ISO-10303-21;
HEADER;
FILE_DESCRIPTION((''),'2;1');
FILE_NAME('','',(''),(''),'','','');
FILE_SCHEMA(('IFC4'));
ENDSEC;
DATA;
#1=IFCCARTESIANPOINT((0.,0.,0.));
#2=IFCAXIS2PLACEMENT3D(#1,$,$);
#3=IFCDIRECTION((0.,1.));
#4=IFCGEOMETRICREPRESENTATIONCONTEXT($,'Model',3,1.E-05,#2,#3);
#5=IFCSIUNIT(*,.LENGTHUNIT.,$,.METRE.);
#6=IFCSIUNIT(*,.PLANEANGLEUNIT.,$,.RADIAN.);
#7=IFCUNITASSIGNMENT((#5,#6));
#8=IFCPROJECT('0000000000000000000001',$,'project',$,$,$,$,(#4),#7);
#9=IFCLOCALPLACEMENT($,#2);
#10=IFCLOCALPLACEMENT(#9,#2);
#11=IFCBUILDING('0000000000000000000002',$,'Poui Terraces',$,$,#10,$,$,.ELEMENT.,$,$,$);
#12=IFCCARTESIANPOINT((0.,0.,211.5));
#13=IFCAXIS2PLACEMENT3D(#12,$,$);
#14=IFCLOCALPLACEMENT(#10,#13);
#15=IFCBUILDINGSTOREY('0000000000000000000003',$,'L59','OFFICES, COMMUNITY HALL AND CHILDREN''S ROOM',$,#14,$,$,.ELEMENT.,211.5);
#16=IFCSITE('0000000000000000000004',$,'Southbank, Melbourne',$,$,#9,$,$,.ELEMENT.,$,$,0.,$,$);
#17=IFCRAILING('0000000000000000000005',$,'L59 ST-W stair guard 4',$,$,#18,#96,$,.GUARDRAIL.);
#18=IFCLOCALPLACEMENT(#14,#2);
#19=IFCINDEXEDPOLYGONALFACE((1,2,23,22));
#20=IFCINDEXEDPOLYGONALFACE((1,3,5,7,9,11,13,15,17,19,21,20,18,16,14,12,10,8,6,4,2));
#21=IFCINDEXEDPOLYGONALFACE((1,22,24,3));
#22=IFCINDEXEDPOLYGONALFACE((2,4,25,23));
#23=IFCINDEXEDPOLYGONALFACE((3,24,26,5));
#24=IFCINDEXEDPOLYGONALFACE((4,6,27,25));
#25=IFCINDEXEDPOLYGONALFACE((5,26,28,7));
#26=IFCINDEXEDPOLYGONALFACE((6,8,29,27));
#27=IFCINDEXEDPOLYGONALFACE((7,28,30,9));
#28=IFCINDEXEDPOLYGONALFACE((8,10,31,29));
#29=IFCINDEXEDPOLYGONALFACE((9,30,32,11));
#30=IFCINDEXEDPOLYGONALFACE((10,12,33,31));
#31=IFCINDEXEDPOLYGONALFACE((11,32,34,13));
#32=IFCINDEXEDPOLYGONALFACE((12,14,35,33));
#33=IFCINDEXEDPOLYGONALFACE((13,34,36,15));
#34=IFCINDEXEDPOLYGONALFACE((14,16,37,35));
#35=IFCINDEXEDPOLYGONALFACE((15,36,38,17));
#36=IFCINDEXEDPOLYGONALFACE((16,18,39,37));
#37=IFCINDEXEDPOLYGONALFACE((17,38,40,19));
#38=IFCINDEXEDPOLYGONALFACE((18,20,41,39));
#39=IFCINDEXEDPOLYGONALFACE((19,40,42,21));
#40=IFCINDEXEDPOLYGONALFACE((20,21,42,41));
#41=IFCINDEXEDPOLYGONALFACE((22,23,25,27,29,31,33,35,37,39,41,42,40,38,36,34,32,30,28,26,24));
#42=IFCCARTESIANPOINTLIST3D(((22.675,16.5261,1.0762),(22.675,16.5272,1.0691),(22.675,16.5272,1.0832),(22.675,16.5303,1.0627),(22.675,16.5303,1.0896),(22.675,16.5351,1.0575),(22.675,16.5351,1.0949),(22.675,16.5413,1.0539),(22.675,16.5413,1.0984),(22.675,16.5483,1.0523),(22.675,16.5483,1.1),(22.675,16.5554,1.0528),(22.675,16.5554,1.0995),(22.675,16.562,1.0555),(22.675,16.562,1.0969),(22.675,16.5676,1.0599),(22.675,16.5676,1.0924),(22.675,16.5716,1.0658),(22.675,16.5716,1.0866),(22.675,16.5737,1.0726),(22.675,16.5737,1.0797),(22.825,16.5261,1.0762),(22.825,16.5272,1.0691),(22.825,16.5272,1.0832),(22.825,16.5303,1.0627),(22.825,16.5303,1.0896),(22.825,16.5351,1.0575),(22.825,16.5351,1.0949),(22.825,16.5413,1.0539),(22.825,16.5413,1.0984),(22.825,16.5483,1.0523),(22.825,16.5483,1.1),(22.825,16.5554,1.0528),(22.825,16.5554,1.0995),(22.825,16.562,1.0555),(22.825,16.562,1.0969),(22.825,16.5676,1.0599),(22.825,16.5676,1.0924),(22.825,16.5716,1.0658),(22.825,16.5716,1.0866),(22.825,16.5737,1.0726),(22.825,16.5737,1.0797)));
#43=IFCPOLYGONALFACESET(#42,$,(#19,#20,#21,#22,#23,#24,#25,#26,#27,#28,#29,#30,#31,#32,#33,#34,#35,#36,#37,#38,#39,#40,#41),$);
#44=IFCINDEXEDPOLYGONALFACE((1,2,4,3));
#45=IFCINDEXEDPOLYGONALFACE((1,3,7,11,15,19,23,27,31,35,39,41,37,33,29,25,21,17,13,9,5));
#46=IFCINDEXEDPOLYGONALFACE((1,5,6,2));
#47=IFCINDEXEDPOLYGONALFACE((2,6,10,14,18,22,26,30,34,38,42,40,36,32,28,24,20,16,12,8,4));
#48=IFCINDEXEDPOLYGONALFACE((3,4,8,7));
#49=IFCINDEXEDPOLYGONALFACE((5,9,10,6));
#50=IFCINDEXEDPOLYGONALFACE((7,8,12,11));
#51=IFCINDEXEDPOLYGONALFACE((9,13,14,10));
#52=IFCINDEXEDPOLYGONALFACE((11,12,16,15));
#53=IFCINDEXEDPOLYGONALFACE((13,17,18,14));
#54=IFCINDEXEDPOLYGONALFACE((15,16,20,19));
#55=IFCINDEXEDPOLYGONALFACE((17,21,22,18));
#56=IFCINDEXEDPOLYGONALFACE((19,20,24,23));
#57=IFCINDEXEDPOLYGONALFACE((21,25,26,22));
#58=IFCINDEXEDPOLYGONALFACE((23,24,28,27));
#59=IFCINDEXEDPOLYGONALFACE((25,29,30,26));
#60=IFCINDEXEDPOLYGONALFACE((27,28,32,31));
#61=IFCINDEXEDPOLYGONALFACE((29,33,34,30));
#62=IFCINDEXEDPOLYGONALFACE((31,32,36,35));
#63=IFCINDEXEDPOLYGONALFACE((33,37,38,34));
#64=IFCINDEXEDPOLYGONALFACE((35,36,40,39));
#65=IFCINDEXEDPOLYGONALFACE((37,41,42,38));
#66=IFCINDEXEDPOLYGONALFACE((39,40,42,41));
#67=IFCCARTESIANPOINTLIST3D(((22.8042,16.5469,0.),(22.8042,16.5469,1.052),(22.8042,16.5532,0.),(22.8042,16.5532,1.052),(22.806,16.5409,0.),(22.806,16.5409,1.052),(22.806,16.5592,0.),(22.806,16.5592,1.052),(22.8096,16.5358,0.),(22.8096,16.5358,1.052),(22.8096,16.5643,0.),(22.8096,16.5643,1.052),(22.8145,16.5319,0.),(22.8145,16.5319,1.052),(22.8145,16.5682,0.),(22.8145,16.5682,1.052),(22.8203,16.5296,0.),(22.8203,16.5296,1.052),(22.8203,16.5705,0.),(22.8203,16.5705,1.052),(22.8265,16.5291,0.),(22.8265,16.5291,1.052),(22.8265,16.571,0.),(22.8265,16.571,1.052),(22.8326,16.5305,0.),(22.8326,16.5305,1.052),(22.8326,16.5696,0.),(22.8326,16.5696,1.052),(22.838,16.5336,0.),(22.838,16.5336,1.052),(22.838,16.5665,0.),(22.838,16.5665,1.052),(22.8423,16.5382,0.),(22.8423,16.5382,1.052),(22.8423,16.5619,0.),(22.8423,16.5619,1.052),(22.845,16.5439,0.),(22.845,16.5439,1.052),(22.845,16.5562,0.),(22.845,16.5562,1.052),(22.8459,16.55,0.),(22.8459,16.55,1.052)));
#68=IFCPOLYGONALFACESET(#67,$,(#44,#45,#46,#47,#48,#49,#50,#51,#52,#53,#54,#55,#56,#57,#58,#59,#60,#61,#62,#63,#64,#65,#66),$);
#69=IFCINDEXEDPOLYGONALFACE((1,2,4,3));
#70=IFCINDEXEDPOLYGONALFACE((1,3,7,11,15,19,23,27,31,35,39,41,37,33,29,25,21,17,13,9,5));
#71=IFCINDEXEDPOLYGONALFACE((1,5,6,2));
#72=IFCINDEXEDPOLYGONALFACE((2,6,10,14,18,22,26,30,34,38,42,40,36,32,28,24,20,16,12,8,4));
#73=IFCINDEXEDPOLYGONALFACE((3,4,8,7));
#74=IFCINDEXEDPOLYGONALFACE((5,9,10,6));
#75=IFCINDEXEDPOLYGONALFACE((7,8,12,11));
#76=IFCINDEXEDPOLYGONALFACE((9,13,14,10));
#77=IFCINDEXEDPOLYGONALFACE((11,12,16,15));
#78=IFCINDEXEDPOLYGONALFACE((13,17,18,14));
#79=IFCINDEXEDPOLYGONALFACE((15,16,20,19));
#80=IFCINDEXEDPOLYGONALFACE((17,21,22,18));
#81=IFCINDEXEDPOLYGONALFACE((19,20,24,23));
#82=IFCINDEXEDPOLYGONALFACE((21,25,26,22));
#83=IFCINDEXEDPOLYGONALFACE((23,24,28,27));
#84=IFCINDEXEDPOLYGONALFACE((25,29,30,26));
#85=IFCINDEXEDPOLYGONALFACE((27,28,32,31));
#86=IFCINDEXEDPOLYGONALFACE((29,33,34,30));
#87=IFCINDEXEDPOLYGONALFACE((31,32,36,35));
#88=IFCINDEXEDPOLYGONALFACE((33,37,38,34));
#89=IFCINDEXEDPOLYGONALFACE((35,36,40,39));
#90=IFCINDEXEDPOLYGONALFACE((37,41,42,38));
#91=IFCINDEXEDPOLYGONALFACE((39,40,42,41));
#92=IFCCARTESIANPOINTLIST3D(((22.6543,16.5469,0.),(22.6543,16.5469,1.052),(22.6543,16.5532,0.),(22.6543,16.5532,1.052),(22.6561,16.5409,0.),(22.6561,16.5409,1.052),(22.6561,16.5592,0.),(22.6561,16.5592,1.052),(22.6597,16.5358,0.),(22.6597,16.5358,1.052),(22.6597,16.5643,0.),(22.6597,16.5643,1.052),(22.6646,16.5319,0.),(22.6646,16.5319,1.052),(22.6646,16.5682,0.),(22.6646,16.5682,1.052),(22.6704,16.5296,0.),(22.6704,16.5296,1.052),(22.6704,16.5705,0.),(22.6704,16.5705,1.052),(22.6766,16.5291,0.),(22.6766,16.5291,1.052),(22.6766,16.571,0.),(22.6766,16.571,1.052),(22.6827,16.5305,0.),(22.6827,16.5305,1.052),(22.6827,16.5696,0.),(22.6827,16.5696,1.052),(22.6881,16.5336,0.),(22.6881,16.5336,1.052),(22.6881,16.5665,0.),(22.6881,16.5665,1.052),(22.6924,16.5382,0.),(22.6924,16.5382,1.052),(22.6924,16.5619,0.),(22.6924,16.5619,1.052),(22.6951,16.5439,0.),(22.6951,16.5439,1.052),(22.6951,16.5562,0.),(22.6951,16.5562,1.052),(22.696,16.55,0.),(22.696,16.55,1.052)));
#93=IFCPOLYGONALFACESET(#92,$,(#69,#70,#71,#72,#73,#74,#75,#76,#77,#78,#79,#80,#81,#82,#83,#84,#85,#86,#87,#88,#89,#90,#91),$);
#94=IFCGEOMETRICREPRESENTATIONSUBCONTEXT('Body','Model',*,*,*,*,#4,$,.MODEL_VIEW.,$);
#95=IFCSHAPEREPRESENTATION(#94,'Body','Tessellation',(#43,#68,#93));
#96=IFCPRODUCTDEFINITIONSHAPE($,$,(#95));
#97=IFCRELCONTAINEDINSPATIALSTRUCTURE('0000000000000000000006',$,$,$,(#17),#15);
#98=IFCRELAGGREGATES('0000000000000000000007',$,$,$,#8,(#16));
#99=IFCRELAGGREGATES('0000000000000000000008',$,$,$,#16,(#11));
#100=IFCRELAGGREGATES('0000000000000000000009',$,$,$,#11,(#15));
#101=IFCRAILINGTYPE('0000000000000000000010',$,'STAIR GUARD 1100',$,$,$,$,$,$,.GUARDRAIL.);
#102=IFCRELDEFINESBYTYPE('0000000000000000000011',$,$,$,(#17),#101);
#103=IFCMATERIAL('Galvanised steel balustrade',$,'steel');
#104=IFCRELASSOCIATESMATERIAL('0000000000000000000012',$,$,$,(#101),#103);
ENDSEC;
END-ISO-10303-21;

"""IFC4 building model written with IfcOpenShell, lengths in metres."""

from ifc_helpers import new_model, si_unit, direction, frame, origin, origin_2d, place, context, subcontext, project, spatial, circle, extrude, material, type_object, element, save


model = new_model("IFC4")

# Units and contexts
model_context = context("Model", 3, precision=1e-05, world=origin(), true_north=direction((0.0, 1.0)))
body_context = subcontext(model_context, "Body", "Model", "MODEL_VIEW")
ifc_project = project(units=[si_unit("LENGTHUNIT", "METRE"), si_unit("PLANEANGLEUNIT", "RADIAN")], contexts=[model_context])

# Site, building, storey
site_placement = place(None, origin())
site = spatial("IfcSite", under=ifc_project, at=site_placement, Name="Southbank, Melbourne", CompositionType="ELEMENT", RefElevation=0.0)
building_placement = place(site_placement, origin())
building = spatial("IfcBuilding", under=site, at=building_placement, Name="Poui Terraces", CompositionType="ELEMENT")
storey_placement = place(building_placement, frame((0.0, 0.0, 211.5)))
storey = spatial("IfcBuildingStorey", under=building, at=storey_placement, Name="L59", Description="OFFICES, COMMUNITY HALL AND CHILDREN'S ROOM", CompositionType="ELEMENT", Elevation=211.5)

# Railing
ifc_material_1 = material(Name="Galvanised steel balustrade", Category="steel")
railing_type = type_object("IfcRailingType", Name="STAIR GUARD 1100", PredefinedType="GUARDRAIL", material=ifc_material_1)
railing_1_placement = place(storey_placement, frame((22.825, 16.55, 0.0)))
element("IfcRailing", 1, at=railing_1_placement, inside=storey, type_object=railing_type, Name="L59 ST-W stair guard 4", PredefinedType="GUARDRAIL", context=body_context, shape_type="SweptSolid", body=[
    extrude(circle(Radius=0.0239, at=origin_2d()), frame((0.0, 0.0, 1.0762), z_axis=(-1.0, 0.0, 0.0), x_axis=(0.0, -1.0, 0.0)), (0.0, 0.0, 1.0), 0.1499),
    extrude(circle(Radius=0.021, at=origin_2d()), origin(), (0.0, 0.0, 1.0), 1.052),
    extrude(circle(Radius=0.021, at=origin_2d()), frame((-0.1499, 0.0, 0.0)), (0.0, 0.0, 1.0), 1.052),
])

save(model, "model.ifc")
